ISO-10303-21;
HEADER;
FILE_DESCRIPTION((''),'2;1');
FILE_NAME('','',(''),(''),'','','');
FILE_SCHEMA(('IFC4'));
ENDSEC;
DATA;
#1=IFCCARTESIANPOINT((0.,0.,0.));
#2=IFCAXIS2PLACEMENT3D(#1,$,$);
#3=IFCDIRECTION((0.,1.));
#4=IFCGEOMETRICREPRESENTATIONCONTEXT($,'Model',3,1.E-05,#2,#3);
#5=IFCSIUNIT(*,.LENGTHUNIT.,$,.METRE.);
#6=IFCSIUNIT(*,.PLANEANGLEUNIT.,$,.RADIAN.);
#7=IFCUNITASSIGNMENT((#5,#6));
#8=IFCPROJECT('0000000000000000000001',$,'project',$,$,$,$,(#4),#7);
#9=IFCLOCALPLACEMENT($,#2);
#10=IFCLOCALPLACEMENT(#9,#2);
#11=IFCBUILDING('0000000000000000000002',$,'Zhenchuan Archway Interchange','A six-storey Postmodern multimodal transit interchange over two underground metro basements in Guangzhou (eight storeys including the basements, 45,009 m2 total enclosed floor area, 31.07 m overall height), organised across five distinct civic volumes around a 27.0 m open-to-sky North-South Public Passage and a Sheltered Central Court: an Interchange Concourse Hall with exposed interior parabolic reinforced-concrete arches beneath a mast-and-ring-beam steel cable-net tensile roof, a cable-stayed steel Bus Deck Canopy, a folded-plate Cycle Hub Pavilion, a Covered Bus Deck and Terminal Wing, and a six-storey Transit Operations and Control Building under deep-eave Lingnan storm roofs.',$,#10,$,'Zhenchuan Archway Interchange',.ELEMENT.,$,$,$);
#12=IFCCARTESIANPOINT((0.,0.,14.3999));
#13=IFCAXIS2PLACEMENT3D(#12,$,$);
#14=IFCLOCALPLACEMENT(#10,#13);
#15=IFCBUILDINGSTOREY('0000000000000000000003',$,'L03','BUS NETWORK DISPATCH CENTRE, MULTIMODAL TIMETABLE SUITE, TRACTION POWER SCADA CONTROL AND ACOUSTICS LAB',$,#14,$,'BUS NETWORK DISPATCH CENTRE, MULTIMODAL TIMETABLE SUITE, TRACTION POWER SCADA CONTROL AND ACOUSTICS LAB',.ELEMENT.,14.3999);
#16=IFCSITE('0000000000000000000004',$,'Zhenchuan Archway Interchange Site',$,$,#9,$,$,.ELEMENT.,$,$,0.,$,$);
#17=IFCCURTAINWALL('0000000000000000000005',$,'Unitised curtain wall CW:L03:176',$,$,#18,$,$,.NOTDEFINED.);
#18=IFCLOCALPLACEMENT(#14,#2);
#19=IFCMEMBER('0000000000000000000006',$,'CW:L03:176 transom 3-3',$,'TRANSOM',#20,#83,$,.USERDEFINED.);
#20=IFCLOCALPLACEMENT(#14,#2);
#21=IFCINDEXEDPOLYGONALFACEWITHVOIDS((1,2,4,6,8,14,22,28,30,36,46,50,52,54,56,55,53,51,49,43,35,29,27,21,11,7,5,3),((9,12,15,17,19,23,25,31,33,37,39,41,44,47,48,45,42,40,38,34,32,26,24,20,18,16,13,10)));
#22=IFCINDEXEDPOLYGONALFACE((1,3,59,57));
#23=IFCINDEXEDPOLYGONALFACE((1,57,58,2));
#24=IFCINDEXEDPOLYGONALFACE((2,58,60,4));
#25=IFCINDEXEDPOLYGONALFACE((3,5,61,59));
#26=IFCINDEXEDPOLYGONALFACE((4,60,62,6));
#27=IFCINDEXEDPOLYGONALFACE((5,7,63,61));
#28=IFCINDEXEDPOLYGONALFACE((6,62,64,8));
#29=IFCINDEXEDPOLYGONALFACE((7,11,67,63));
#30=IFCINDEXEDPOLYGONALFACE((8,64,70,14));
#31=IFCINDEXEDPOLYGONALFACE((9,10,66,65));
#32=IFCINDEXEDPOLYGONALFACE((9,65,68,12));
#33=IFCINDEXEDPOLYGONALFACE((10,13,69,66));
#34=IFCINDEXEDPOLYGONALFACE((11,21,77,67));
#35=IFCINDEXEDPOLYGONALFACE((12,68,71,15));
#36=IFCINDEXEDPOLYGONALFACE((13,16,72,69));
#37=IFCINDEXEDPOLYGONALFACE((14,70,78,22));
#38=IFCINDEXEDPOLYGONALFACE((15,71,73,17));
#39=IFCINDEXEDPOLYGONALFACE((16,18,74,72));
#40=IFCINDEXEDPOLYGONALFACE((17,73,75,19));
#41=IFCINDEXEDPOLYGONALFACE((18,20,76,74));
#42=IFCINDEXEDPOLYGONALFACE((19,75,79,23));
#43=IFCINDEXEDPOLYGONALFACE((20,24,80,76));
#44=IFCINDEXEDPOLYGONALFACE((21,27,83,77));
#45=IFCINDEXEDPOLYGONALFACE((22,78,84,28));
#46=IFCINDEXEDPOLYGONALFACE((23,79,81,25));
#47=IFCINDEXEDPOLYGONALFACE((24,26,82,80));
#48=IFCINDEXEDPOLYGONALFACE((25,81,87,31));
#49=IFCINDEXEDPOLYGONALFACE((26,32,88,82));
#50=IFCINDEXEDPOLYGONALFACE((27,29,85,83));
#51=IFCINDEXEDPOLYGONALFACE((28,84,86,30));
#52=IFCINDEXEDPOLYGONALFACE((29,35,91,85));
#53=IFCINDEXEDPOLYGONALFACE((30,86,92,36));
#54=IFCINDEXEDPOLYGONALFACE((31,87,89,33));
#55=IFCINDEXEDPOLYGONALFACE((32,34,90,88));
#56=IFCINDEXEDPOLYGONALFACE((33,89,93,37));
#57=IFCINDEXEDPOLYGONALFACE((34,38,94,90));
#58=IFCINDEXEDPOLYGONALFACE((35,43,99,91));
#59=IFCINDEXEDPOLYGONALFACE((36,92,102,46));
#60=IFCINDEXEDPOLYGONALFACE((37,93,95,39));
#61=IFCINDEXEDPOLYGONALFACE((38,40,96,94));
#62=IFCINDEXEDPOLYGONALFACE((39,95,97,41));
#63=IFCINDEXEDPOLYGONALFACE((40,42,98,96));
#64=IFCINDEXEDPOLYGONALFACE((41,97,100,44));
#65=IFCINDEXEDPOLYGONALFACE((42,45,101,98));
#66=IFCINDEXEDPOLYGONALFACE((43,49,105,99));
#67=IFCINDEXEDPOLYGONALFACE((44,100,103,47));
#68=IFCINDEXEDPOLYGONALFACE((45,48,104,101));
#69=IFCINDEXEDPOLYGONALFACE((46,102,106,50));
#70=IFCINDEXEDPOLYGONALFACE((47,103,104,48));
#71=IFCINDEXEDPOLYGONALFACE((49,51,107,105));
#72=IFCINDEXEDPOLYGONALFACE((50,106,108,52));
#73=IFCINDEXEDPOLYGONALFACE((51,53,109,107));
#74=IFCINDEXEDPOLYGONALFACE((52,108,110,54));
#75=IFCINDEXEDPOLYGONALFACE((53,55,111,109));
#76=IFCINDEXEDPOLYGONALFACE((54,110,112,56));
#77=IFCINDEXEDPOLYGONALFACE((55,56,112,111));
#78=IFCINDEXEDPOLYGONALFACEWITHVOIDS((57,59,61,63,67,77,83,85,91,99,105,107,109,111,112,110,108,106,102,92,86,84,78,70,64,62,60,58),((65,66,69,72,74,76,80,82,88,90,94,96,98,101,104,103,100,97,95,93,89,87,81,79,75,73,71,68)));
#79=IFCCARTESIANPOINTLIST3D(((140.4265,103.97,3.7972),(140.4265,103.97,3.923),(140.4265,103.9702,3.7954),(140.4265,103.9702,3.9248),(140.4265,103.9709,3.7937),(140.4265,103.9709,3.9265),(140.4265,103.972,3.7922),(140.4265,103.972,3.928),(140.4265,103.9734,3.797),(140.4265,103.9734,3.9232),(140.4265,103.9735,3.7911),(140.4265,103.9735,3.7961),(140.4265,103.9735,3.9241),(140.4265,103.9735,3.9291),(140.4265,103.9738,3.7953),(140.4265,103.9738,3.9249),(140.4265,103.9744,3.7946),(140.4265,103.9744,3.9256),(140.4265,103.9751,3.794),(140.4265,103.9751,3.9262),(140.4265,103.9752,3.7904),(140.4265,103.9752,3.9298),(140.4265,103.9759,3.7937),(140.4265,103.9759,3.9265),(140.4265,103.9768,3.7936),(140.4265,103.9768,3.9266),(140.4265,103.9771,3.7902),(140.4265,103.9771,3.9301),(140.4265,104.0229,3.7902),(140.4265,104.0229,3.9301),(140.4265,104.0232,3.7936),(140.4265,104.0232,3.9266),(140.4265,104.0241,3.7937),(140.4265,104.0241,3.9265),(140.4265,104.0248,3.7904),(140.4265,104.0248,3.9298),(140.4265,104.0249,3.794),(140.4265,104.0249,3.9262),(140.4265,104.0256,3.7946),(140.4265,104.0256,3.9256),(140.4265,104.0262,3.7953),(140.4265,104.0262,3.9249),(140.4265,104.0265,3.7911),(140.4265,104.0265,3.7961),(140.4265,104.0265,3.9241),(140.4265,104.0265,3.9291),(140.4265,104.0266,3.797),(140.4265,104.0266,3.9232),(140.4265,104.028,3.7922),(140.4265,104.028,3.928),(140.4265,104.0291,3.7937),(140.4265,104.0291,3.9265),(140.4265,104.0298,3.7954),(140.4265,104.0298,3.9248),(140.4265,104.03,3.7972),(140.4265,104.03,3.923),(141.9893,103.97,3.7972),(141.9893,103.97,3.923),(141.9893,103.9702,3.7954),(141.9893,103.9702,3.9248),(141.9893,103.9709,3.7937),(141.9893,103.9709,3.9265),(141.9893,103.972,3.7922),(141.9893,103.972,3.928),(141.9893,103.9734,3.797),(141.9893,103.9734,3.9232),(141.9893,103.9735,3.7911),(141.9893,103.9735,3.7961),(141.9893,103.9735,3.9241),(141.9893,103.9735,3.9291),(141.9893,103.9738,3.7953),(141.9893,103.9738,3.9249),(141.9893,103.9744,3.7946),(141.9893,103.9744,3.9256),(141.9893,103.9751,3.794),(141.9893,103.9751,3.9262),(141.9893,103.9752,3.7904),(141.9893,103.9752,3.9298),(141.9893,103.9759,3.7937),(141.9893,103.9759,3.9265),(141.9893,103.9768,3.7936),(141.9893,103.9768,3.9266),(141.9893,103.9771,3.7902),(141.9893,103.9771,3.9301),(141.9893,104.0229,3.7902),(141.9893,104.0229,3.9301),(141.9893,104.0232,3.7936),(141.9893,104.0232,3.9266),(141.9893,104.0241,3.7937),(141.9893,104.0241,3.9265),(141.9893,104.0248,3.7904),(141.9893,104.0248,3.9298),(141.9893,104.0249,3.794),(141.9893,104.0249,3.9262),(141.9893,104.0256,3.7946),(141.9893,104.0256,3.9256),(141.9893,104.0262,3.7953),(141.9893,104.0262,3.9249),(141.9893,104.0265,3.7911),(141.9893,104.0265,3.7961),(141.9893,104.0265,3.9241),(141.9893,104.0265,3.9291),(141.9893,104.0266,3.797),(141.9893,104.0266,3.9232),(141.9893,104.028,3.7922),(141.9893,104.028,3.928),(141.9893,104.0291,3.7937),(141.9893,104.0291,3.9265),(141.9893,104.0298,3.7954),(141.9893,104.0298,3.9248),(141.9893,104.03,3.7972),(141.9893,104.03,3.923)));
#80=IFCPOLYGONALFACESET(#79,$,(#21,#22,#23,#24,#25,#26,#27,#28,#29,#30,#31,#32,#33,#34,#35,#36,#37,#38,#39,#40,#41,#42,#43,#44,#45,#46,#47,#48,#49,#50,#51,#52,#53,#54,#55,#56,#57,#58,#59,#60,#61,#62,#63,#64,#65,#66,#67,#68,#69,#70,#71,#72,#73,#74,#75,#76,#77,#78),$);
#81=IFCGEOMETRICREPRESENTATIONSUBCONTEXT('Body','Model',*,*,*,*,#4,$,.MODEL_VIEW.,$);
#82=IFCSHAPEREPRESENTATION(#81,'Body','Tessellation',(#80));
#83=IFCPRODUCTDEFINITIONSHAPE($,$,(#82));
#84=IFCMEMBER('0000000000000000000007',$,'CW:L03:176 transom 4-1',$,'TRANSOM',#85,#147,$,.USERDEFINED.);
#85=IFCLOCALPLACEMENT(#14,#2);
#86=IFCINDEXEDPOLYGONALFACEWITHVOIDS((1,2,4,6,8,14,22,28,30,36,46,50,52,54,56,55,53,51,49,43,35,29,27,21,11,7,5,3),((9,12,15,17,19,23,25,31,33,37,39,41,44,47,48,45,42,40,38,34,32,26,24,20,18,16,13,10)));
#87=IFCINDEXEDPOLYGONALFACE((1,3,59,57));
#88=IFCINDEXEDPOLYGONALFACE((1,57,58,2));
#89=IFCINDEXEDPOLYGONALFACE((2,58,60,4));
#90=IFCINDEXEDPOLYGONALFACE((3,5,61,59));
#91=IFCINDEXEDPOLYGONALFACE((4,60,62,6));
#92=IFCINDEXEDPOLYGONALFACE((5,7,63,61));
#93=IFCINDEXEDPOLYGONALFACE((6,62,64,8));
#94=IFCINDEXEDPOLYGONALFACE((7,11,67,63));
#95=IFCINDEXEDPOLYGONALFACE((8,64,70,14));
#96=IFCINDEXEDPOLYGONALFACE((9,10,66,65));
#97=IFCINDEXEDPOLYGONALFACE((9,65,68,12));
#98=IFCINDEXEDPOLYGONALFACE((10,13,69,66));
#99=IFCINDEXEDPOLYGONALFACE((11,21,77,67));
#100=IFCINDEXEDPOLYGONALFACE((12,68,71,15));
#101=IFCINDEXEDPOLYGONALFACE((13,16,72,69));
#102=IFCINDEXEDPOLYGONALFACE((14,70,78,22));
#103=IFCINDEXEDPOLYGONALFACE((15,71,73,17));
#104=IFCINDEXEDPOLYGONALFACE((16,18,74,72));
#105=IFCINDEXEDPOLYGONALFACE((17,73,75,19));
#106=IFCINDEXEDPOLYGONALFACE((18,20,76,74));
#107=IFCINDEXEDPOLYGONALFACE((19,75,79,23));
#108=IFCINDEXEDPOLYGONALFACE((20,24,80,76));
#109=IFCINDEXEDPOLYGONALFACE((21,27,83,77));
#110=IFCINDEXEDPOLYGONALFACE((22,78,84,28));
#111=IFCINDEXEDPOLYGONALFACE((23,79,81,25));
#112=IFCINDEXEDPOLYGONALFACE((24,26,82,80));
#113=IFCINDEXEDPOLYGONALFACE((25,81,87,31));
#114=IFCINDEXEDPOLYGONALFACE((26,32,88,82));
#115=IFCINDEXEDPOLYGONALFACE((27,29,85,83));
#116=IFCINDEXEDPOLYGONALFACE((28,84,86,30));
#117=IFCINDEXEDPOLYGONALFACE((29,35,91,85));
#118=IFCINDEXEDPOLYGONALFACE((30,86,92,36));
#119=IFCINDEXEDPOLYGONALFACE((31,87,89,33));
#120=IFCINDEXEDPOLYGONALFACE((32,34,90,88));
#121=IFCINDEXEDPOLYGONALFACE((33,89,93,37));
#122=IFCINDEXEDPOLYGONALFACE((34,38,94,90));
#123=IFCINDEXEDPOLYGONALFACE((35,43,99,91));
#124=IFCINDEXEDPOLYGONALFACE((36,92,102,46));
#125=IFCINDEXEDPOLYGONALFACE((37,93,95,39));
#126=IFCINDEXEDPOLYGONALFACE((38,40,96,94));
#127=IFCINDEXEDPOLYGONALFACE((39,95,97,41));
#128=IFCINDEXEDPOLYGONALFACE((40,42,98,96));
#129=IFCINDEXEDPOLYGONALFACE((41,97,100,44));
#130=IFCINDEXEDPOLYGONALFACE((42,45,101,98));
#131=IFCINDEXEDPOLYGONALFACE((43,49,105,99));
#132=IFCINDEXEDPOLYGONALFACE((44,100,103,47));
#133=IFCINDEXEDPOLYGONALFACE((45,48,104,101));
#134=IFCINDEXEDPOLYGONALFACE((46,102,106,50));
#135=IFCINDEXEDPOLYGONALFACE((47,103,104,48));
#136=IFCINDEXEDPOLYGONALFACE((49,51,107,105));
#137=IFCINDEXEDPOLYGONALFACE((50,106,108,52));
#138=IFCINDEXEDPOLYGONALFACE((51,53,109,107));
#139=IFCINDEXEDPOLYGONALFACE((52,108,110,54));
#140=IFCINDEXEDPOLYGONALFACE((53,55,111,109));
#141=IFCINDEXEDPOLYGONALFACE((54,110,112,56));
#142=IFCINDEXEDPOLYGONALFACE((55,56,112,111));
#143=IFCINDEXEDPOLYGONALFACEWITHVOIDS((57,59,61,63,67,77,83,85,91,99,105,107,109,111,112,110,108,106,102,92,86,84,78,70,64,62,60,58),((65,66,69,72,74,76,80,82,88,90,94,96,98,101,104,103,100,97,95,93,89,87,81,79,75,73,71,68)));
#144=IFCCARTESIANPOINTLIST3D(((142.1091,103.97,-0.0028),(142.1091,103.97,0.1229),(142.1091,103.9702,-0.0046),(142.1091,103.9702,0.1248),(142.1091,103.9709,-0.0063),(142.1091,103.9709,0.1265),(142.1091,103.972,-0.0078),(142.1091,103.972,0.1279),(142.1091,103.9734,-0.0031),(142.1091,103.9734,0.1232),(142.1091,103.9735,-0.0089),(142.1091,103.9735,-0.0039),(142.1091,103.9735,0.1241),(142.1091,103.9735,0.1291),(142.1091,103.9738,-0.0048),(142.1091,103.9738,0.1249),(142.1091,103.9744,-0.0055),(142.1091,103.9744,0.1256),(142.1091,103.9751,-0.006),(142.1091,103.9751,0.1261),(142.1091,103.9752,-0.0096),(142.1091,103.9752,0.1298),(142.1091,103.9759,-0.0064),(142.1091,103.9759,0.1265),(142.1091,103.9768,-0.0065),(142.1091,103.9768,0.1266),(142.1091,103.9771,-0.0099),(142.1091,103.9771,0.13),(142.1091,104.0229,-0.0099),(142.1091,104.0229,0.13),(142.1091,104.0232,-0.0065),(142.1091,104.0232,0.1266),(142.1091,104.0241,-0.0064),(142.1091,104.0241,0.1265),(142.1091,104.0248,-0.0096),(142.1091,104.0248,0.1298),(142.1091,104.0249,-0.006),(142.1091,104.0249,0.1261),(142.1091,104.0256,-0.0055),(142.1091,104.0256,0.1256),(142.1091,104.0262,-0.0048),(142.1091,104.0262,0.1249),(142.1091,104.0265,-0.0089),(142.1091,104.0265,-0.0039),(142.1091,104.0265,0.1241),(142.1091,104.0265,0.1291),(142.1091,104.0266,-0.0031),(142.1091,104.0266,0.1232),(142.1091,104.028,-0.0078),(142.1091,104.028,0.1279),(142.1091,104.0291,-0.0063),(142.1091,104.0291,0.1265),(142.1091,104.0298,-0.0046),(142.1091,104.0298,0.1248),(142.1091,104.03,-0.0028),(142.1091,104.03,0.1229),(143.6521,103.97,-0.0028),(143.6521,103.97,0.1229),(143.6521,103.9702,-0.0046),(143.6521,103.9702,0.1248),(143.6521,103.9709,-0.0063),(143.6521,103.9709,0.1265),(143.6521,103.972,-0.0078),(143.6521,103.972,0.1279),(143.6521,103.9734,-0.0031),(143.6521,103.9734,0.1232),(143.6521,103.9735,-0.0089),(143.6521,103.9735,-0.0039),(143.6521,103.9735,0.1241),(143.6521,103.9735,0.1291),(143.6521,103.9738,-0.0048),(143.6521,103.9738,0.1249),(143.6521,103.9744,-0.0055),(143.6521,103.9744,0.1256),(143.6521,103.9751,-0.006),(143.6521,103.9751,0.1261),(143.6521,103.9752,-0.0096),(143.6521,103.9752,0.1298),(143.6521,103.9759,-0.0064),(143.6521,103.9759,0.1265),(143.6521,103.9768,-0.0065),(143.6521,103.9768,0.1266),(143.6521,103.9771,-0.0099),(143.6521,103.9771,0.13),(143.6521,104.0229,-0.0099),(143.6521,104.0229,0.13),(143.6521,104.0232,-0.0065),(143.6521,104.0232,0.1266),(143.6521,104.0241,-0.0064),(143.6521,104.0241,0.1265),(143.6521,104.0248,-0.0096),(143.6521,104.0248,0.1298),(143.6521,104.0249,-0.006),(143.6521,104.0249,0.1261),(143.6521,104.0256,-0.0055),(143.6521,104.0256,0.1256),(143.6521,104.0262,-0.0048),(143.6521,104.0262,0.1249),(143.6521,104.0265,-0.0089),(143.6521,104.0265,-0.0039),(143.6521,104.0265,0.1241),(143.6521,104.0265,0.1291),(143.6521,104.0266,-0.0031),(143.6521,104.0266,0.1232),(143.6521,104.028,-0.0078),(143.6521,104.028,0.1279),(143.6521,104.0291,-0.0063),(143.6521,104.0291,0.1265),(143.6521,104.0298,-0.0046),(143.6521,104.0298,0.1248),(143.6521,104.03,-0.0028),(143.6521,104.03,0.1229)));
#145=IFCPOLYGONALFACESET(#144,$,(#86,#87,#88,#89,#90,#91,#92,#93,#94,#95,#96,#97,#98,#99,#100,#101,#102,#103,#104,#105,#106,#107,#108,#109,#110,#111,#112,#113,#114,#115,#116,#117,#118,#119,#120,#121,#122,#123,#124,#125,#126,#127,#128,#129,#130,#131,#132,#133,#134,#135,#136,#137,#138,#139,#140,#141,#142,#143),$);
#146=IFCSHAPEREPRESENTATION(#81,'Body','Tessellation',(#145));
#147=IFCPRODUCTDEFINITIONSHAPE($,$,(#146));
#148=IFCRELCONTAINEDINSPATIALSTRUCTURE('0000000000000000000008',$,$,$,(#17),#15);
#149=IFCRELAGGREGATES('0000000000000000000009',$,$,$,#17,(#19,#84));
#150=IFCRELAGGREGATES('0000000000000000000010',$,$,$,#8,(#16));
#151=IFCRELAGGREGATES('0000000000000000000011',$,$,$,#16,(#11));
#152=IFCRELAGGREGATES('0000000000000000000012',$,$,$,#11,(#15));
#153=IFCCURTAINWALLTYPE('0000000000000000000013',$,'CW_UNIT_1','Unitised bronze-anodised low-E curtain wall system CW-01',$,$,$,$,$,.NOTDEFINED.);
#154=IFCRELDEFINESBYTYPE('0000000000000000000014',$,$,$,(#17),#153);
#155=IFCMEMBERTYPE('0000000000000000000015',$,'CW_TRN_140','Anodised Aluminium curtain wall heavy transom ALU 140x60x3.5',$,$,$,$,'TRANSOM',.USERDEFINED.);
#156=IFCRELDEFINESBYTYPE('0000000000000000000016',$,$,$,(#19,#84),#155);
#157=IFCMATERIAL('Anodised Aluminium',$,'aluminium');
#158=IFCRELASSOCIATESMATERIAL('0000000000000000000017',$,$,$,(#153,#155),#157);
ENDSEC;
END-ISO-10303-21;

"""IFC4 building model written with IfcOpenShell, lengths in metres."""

from ifc_helpers import new_model, si_unit, direction, frame, origin, origin_2d, place, context, subcontext, project, spatial, hollow_rectangle, extrude, material, material_profile, profile_set, type_object, element, aggregate, save


model = new_model("IFC4")

# Units and contexts
model_context = context("Model", 3, precision=1e-05, world=origin(), true_north=direction((0.0, 1.0)))
body_context = subcontext(model_context, "Body", "Model", "MODEL_VIEW")
ifc_project = project(units=[si_unit("LENGTHUNIT", "METRE"), si_unit("PLANEANGLEUNIT", "RADIAN")], contexts=[model_context])

# Site, building, storey
site_placement = place(None, origin())
site = spatial("IfcSite", under=ifc_project, at=site_placement, Name="Zhenchuan Archway Interchange Site", CompositionType="ELEMENT", RefElevation=0.0)
building_placement = place(site_placement, origin())
building = spatial("IfcBuilding", under=site, at=building_placement, Name="Zhenchuan Archway Interchange", Description="A six-storey Postmodern multimodal transit interchange over two underground metro basements in Guangzhou (eight storeys including the basements, 45,009 m2 total enclosed floor area, 31.07 m overall height), organised across five distinct civic volumes around a 27.0 m open-to-sky North-South Public Passage and a Sheltered Central Court: an Interchange Concourse Hall with exposed interior parabolic reinforced-concrete arches beneath a mast-and-ring-beam steel cable-net tensile roof, a cable-stayed steel Bus Deck Canopy, a folded-plate Cycle Hub Pavilion, a Covered Bus Deck and Terminal Wing, and a six-storey Transit Operations and Control Building under deep-eave Lingnan storm roofs.", LongName="Zhenchuan Archway Interchange", CompositionType="ELEMENT")
storey_placement = place(building_placement, frame((0.0, 0.0, 14.3999)))
storey = spatial("IfcBuildingStorey", under=building, at=storey_placement, Name="L03", Description="BUS NETWORK DISPATCH CENTRE, MULTIMODAL TIMETABLE SUITE, TRACTION POWER SCADA CONTROL AND ACOUSTICS LAB", LongName="BUS NETWORK DISPATCH CENTRE, MULTIMODAL TIMETABLE SUITE, TRACTION POWER SCADA CONTROL AND ACOUSTICS LAB", CompositionType="ELEMENT", Elevation=14.3999)

# Curtain wall, members
ifc_material_1 = material(Name="Anodised Aluminium", Category="aluminium")
curtain_wall_type = type_object("IfcCurtainWallType", Name="CW_UNIT_1", Description="Unitised bronze-anodised low-E curtain wall system CW-01", PredefinedType="NOTDEFINED", material=ifc_material_1)
curtain_wall_placement = place(storey_placement, origin())
curtain_wall = element("IfcCurtainWall", 1, at=curtain_wall_placement, inside=storey, type_object=curtain_wall_type, Name="Unitised curtain wall CW:L03:176", PredefinedType="NOTDEFINED")
ifc_material_profile_1 = material_profile(ifc_material_1, hollow_rectangle(XDim=0.0601, YDim=0.1399, WallThickness=0.0034, InnerFilletRadius=0.0034, OuterFilletRadius=0.0071, at=origin_2d()), Name="ALU 140x60x3.5")
ifc_profile_set_1 = profile_set([ifc_material_profile_1], Name="Anodised Aluminium")
member_type_1 = type_object("IfcMemberType", Name="CW_TRN_140", Description="Anodised Aluminium curtain wall heavy transom ALU 140x60x3.5", ElementType="TRANSOM", PredefinedType="USERDEFINED", material=ifc_profile_set_1)
member_1_placement = place(storey_placement, frame((140.4265, 104.0, 3.8601), z_axis=(1.0, 0.0, 0.0), x_axis=(0.0, 1.0, 0.0)))
member_1 = element("IfcMember", 2, at=member_1_placement, type_object=member_type_1, Name="CW:L03:176 transom 3-3", ObjectType="TRANSOM", PredefinedType="USERDEFINED", context=body_context, shape_type="SweptSolid", body=[
    extrude(hollow_rectangle(XDim=0.0601, YDim=0.1399, WallThickness=0.0034, InnerFilletRadius=0.0034, OuterFilletRadius=0.0071, at=origin_2d()), origin(), (0.0, 0.0, 1.0), 1.5627),
])
member_2_placement = place(storey_placement, frame((142.1091, 104.0, 0.0601), z_axis=(1.0, 0.0, 0.0), x_axis=(0.0, 1.0, 0.0)))
member_2 = element("IfcMember", 3, at=member_2_placement, type_object=member_type_1, Name="CW:L03:176 transom 4-1", ObjectType="TRANSOM", PredefinedType="USERDEFINED", context=body_context, shape_type="SweptSolid", body=[
    extrude(hollow_rectangle(XDim=0.0601, YDim=0.1399, WallThickness=0.0034, InnerFilletRadius=0.0034, OuterFilletRadius=0.0071, at=origin_2d()), origin(), (0.0, 0.0, 1.0), 1.543),
])

aggregate(curtain_wall, [member_1, member_2])

save(model, "model.ifc")
